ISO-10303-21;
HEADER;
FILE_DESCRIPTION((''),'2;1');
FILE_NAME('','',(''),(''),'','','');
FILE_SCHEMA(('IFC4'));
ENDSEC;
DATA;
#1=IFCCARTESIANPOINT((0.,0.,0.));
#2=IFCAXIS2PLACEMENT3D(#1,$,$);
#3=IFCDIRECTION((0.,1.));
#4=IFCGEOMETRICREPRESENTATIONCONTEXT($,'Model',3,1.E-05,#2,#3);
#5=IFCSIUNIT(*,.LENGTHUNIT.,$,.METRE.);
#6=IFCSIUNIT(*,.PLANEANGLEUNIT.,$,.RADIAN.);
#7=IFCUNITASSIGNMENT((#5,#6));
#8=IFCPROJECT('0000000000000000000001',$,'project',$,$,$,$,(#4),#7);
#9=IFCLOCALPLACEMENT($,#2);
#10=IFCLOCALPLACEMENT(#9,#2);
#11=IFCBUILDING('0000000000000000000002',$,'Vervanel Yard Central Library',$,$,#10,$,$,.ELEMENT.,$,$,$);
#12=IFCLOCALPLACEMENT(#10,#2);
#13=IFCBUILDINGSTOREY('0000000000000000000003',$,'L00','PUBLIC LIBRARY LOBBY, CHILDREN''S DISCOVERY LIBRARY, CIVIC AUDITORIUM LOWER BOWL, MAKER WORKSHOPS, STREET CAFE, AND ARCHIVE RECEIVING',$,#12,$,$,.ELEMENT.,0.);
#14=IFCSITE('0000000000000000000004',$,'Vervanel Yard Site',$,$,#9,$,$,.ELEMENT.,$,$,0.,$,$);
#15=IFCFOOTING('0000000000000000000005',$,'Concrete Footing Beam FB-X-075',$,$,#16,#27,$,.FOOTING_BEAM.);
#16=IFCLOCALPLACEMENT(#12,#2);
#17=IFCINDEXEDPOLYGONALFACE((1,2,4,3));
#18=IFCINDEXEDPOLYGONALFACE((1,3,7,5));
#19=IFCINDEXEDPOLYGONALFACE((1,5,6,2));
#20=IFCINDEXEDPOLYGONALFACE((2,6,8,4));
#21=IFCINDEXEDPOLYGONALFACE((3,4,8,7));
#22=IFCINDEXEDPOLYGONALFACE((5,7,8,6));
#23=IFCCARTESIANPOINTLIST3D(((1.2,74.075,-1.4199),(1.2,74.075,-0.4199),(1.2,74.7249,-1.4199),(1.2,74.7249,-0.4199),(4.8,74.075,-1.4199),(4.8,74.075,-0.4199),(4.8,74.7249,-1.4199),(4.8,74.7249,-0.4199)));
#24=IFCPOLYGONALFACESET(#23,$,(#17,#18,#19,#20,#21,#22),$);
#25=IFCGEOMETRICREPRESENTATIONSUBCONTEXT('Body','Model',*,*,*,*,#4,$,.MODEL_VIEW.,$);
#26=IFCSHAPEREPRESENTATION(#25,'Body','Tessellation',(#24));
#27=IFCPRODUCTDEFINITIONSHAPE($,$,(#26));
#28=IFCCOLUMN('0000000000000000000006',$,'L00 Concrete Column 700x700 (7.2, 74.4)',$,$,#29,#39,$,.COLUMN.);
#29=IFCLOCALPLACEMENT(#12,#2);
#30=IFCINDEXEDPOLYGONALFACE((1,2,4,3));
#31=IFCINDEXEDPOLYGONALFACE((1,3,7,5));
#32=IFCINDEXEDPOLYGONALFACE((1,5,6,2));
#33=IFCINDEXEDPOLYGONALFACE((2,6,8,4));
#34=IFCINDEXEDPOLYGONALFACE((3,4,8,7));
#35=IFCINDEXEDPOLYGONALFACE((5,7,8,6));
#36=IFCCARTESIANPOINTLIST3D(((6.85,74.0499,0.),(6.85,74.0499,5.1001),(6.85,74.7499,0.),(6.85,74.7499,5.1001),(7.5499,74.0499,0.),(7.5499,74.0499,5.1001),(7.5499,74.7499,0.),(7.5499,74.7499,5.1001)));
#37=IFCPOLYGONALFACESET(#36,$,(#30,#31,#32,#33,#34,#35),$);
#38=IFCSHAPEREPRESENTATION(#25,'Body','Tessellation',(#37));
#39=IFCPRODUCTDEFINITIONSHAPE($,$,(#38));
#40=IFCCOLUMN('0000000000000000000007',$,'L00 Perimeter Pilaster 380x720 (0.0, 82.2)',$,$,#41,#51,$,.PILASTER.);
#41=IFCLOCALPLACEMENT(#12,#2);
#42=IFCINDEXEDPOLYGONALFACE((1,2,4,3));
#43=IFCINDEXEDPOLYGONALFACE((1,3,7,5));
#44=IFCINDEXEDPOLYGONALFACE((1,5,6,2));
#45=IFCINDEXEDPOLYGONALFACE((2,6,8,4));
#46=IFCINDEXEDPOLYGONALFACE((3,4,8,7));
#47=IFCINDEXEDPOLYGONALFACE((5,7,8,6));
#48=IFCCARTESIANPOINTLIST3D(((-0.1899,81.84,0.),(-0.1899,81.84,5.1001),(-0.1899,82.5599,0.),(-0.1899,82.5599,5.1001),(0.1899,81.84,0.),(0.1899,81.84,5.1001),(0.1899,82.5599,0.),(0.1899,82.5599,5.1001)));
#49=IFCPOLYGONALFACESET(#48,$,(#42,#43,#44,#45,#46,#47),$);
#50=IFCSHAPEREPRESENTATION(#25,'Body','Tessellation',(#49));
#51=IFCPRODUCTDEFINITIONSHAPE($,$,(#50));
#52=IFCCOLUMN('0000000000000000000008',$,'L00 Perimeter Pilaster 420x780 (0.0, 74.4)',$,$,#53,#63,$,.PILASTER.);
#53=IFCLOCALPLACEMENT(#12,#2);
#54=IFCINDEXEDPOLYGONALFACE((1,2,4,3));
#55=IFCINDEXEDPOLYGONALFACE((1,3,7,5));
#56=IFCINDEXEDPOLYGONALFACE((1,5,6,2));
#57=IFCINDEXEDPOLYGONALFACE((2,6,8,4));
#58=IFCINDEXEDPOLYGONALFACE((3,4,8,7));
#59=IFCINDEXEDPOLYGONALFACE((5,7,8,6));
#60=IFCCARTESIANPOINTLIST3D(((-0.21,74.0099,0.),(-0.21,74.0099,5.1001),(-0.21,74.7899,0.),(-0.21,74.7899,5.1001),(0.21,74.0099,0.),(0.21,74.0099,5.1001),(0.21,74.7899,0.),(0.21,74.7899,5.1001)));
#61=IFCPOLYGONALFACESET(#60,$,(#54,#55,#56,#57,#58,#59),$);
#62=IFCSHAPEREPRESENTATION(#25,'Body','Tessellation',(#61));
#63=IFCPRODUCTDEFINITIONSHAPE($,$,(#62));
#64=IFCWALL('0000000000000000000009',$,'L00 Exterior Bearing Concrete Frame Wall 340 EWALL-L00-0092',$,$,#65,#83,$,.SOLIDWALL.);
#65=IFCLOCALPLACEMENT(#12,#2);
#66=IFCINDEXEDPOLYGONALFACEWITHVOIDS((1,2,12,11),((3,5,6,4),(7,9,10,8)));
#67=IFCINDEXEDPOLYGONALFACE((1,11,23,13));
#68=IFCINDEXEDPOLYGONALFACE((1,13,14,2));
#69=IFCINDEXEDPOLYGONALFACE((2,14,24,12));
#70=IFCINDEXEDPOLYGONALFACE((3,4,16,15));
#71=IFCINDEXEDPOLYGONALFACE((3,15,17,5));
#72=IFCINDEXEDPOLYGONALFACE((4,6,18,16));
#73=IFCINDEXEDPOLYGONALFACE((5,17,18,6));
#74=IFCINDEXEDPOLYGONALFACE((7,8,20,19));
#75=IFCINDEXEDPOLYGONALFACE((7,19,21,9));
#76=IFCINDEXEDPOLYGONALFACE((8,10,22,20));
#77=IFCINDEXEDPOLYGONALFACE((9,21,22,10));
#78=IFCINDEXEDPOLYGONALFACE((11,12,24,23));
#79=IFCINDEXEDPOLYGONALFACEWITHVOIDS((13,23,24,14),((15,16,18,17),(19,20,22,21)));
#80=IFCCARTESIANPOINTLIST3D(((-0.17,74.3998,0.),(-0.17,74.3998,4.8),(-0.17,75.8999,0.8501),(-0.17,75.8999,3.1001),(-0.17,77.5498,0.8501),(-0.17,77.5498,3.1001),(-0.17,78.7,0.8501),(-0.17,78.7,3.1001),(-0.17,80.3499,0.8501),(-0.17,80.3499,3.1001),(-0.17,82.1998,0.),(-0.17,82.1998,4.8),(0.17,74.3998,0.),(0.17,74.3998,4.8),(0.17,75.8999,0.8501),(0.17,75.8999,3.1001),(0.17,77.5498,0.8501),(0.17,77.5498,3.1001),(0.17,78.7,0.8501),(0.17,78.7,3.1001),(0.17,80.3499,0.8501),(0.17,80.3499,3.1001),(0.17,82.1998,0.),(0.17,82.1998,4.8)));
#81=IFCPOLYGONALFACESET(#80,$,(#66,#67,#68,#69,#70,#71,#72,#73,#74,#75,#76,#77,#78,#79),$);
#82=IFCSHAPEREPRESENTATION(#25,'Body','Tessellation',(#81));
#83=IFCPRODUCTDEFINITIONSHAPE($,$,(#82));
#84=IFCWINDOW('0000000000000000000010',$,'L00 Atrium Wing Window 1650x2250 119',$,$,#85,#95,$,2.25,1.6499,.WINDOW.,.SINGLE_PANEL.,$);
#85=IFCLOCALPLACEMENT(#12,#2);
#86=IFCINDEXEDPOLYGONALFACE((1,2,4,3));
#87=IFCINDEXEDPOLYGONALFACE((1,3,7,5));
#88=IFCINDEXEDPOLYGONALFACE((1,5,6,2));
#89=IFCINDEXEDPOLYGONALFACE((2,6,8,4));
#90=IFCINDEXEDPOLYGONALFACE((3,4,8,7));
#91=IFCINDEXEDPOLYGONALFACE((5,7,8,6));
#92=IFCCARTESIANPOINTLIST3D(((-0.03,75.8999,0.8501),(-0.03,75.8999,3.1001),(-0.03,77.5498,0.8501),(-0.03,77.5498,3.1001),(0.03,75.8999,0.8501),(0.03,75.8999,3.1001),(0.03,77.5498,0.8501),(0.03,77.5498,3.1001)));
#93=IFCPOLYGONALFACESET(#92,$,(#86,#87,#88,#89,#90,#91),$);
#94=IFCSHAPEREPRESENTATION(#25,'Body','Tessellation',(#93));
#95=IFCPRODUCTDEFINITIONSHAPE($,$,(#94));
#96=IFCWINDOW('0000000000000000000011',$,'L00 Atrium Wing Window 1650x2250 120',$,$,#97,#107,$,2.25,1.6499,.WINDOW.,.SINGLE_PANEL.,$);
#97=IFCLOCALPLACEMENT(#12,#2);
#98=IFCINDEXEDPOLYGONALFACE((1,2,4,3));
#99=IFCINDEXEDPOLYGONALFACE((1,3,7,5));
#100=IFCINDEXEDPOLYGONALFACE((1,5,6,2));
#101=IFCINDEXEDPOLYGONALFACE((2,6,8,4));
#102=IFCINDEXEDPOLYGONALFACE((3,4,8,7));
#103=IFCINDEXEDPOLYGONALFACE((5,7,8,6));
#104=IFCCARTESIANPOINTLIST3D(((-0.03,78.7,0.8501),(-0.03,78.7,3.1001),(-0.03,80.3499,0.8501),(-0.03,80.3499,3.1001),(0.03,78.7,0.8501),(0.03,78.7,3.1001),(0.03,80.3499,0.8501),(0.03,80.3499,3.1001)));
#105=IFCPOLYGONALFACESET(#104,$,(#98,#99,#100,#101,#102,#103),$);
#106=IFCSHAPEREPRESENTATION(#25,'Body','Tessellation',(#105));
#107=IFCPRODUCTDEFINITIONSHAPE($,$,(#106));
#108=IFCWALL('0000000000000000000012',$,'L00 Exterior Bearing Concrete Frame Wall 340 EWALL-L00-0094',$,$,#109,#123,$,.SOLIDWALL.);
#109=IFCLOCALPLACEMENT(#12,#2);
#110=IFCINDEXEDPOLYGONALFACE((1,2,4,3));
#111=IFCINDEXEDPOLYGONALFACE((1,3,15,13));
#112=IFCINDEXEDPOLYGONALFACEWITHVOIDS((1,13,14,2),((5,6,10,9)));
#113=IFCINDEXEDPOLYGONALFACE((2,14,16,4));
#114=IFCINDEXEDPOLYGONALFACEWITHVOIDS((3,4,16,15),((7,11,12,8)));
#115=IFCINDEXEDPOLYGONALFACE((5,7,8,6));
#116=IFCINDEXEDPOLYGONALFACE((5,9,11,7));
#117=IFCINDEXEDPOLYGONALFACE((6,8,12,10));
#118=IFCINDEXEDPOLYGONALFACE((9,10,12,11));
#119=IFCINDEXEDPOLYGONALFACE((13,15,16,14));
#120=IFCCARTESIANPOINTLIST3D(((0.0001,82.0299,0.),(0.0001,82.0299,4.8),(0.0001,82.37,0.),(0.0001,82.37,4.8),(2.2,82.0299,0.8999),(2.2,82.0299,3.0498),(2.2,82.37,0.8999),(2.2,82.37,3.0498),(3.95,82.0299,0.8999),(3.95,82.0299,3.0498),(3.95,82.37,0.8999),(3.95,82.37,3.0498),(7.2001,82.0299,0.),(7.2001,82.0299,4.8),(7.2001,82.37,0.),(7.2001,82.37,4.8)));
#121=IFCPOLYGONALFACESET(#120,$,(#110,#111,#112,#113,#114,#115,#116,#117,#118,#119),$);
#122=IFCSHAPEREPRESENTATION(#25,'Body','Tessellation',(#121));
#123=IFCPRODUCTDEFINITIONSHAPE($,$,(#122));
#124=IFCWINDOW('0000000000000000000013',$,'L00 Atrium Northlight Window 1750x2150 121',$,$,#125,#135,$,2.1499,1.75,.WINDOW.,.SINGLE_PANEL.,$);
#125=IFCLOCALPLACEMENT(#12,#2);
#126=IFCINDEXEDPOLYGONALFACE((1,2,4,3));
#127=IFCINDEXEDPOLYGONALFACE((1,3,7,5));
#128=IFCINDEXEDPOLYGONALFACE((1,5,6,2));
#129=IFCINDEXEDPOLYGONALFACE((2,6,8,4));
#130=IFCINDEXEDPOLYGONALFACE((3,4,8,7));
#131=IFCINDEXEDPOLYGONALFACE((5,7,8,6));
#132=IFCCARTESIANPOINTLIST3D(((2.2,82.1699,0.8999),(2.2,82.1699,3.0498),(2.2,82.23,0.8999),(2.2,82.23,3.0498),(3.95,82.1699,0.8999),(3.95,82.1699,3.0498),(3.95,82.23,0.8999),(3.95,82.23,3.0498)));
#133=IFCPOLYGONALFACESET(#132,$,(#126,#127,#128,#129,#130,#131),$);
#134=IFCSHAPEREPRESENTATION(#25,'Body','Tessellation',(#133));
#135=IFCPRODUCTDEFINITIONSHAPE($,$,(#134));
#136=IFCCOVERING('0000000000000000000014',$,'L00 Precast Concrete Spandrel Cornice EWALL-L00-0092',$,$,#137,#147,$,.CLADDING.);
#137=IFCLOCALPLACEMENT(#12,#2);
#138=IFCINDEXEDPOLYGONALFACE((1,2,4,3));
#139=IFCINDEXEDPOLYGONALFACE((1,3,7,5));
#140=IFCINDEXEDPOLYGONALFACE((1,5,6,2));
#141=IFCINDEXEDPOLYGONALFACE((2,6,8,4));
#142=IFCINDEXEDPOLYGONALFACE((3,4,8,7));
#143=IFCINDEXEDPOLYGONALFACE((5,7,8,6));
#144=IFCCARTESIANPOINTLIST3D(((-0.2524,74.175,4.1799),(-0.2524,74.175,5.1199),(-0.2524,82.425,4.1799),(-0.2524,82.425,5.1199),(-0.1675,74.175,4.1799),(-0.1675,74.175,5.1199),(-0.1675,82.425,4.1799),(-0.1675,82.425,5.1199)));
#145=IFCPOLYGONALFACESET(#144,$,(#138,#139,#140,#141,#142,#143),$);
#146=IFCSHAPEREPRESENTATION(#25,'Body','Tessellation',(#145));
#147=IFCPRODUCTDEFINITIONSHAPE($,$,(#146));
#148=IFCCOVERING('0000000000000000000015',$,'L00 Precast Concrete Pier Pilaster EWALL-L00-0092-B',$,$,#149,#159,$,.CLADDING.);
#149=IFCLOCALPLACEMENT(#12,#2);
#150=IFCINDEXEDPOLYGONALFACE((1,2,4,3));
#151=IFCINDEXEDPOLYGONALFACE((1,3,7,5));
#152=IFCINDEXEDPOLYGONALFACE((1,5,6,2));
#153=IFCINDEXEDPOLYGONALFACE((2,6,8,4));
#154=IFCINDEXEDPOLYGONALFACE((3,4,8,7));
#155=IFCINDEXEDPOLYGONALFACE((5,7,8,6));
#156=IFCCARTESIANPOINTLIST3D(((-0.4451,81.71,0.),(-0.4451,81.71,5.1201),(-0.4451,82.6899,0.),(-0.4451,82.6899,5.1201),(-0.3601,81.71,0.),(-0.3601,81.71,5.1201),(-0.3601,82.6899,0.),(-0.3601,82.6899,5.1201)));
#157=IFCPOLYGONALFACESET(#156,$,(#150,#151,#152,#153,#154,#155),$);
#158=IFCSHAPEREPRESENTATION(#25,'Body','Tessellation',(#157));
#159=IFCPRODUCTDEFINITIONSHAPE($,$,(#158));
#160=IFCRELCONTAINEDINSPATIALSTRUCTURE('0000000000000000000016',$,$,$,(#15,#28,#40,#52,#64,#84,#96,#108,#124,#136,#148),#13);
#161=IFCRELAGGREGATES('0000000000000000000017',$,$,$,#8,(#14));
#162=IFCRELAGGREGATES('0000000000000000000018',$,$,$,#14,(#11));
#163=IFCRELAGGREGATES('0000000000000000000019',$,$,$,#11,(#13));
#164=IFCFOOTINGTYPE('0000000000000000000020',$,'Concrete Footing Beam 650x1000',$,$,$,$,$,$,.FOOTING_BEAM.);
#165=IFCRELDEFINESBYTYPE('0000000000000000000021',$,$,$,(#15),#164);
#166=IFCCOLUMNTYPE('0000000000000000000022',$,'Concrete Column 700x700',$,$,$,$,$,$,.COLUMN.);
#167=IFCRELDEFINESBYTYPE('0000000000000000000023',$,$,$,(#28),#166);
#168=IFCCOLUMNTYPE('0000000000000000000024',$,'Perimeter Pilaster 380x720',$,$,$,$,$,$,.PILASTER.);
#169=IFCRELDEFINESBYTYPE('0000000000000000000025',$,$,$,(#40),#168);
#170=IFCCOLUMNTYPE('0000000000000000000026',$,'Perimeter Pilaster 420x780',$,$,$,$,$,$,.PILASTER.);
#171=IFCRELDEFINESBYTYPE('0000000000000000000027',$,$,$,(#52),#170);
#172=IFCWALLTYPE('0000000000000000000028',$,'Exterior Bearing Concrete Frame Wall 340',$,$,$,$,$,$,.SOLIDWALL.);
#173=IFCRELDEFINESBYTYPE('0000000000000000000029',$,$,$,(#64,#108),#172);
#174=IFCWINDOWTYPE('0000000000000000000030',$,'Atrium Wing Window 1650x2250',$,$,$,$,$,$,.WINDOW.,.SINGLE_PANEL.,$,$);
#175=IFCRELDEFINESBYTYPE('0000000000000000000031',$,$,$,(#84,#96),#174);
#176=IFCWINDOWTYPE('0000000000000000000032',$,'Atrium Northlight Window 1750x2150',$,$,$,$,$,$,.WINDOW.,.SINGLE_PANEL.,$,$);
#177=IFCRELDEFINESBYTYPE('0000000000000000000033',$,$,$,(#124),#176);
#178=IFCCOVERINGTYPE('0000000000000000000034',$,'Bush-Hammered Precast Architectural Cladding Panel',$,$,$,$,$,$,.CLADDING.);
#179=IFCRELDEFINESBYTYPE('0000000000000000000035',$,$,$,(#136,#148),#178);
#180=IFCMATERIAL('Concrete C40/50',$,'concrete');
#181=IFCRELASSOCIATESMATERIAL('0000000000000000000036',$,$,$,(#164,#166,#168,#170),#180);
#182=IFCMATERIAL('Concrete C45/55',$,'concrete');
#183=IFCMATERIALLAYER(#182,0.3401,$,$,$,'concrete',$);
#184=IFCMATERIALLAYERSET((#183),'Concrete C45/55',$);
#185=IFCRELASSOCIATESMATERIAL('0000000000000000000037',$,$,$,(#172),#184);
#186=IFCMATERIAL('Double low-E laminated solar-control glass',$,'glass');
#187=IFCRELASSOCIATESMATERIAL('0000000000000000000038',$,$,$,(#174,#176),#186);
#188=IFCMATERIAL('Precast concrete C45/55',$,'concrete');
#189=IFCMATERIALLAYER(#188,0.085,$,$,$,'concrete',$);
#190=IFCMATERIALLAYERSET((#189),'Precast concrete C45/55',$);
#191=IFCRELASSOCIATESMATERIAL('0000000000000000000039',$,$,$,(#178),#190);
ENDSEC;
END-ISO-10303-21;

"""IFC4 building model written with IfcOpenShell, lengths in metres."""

from ifc_helpers import new_model, si_unit, direction, frame, frame_2d, origin, origin_2d, place, context, subcontext, project, spatial, rectangle, extrude, material, layer, layer_set, material_profile, profile_set, type_object, element, fill, save


model = new_model("IFC4")

# Units and contexts
model_context = context("Model", 3, precision=1e-05, world=origin(), true_north=direction((0.0, 1.0)))
body_context = subcontext(model_context, "Body", "Model", "MODEL_VIEW")
ifc_project = project(units=[si_unit("LENGTHUNIT", "METRE"), si_unit("PLANEANGLEUNIT", "RADIAN")], contexts=[model_context])

# Site, building, storey
site_placement = place(None, origin())
site = spatial("IfcSite", under=ifc_project, at=site_placement, Name="Vervanel Yard Site", CompositionType="ELEMENT", RefElevation=0.0)
building_placement = place(site_placement, origin())
building = spatial("IfcBuilding", under=site, at=building_placement, Name="Vervanel Yard Central Library", CompositionType="ELEMENT")
storey_placement = place(building_placement, origin())
storey = spatial("IfcBuildingStorey", under=building, at=storey_placement, Name="L00", Description="PUBLIC LIBRARY LOBBY, CHILDREN'S DISCOVERY LIBRARY, CIVIC AUDITORIUM LOWER BOWL, MAKER WORKSHOPS, STREET CAFE, AND ARCHIVE RECEIVING", CompositionType="ELEMENT", Elevation=0.0)

# Shared definitions
ifc_material_1 = material(Name="Concrete C40/50", Category="concrete")

# Footing
ifc_material_profile_1 = material_profile(ifc_material_1, rectangle(XDim=0.6499, YDim=1.0, at=origin_2d()), Name="RC 650x1000", Category="concrete")
ifc_profile_set_1 = profile_set([ifc_material_profile_1], Name="Concrete C40/50")
footing_type_1 = type_object("IfcFootingType", Name="Concrete Footing Beam 650x1000", PredefinedType="FOOTING_BEAM", material=ifc_profile_set_1)
footing_1_placement = place(storey_placement, frame((1.2, 74.3999, -0.9199), z_axis=(1.0, 0.0, 0.0), x_axis=(0.0, 1.0, 0.0)))
element("IfcFooting", 1, at=footing_1_placement, inside=storey, type_object=footing_type_1, Name="Concrete Footing Beam FB-X-075", PredefinedType="FOOTING_BEAM", context=body_context, shape_type="SweptSolid", body=[
    extrude(rectangle(XDim=0.6499, YDim=1.0, at=origin_2d()), origin(), (0.0, 0.0, 1.0), 3.6001),
])

# Columns
ifc_material_profile_2 = material_profile(ifc_material_1, rectangle(XDim=0.7, YDim=0.7, at=origin_2d()), Name="RC 700x700", Category="concrete")
ifc_profile_set_2 = profile_set([ifc_material_profile_2], Name="Concrete C40/50")
column_type_1 = type_object("IfcColumnType", Name="Concrete Column 700x700", PredefinedType="COLUMN", material=ifc_profile_set_2)
column_1_placement = place(storey_placement, frame((7.2, 74.3999, 0.0), z_axis=(0.0, 0.0, 1.0), x_axis=(1.0, 0.0, 0.0)))
element("IfcColumn", 2, at=column_1_placement, inside=storey, type_object=column_type_1, Name="L00 Concrete Column 700x700 (7.2, 74.4)", PredefinedType="COLUMN", context=body_context, shape_type="SweptSolid", body=[
    extrude(rectangle(XDim=0.7, YDim=0.7, at=origin_2d()), origin(), (0.0, 0.0, 1.0), 5.1001),
])
ifc_material_profile_3 = material_profile(ifc_material_1, rectangle(XDim=0.3799, YDim=0.72, at=origin_2d()), Name="RC 380x720", Category="concrete")
ifc_profile_set_3 = profile_set([ifc_material_profile_3], Name="Concrete C40/50")
column_type_2 = type_object("IfcColumnType", Name="Perimeter Pilaster 380x720", PredefinedType="PILASTER", material=ifc_profile_set_3)
column_2_placement = place(storey_placement, frame((0.0, 82.2, 0.0), z_axis=(0.0, 0.0, 1.0), x_axis=(1.0, 0.0, 0.0)))
element("IfcColumn", 3, at=column_2_placement, inside=storey, type_object=column_type_2, Name="L00 Perimeter Pilaster 380x720 (0.0, 82.2)", PredefinedType="PILASTER", context=body_context, shape_type="SweptSolid", body=[
    extrude(rectangle(XDim=0.3799, YDim=0.72, at=origin_2d()), origin(), (0.0, 0.0, 1.0), 5.1001),
])
ifc_material_profile_4 = material_profile(ifc_material_1, rectangle(XDim=0.4199, YDim=0.78, at=origin_2d()), Name="RC 420x780", Category="concrete")
ifc_profile_set_4 = profile_set([ifc_material_profile_4], Name="Concrete C40/50")
column_type_3 = type_object("IfcColumnType", Name="Perimeter Pilaster 420x780", PredefinedType="PILASTER", material=ifc_profile_set_4)
column_3_placement = place(storey_placement, frame((0.0, 74.3999, 0.0), z_axis=(0.0, 0.0, 1.0), x_axis=(1.0, 0.0, 0.0)))
element("IfcColumn", 4, at=column_3_placement, inside=storey, type_object=column_type_3, Name="L00 Perimeter Pilaster 420x780 (0.0, 74.4)", PredefinedType="PILASTER", context=body_context, shape_type="SweptSolid", body=[
    extrude(rectangle(XDim=0.4199, YDim=0.78, at=origin_2d()), origin(), (0.0, 0.0, 1.0), 5.1001),
])

# Wall, openings, windows
ifc_material_2 = material(Name="Concrete C45/55", Category="concrete")
ifc_layer_1 = layer(ifc_material_2, 0.3401, Category="concrete")
ifc_layer_set_1 = layer_set([ifc_layer_1], Name="Concrete C45/55")
wall_type = type_object("IfcWallType", Name="Exterior Bearing Concrete Frame Wall 340", PredefinedType="SOLIDWALL", material=ifc_layer_set_1)
wall_1_placement = place(storey_placement, frame((0.0, 74.3999, 0.0), z_axis=(0.0, 0.0, 1.0), x_axis=(0.0, 1.0, 0.0)))
wall_1 = element("IfcWall", 5, at=wall_1_placement, inside=storey, type_object=wall_type, Name="L00 Exterior Bearing Concrete Frame Wall 340 EWALL-L00-0092", PredefinedType="SOLIDWALL", context=body_context, shape_type="SweptSolid", body=[
    extrude(rectangle(XDim=7.8, YDim=0.3401, at=frame_2d((3.8999, 0.0))), origin(), (0.0, 0.0, 1.0), 4.8),
])
opening_1_placement = place(wall_1_placement, frame((1.5, 0.0, 0.8501)))
opening_1 = element("IfcOpeningElement", 6, at=opening_1_placement, cuts=wall_1, PredefinedType="OPENING", context=body_context, shape_type="SweptSolid", body=[
    extrude(rectangle(XDim=1.6499, YDim=2.25, at=frame_2d((0.825, 1.125))), frame((0.0, 0.1799, 0.0), z_axis=(0.0, -1.0, 0.0), x_axis=(1.0, 0.0, 0.0)), (0.0, 0.0, 1.0), 0.3601),
])
opening_2_placement = place(wall_1_placement, frame((4.3, 0.0, 0.8501)))
opening_2 = element("IfcOpeningElement", 7, at=opening_2_placement, cuts=wall_1, PredefinedType="OPENING", context=body_context, shape_type="SweptSolid", body=[
    extrude(rectangle(XDim=1.6499, YDim=2.25, at=frame_2d((0.825, 1.125))), frame((0.0, 0.1799, 0.0), z_axis=(0.0, -1.0, 0.0), x_axis=(1.0, 0.0, 0.0)), (0.0, 0.0, 1.0), 0.3601),
])
ifc_material_3 = material(Name="Double low-E laminated solar-control glass", Category="glass")
window_type_1 = type_object("IfcWindowType", Name="Atrium Wing Window 1650x2250", PartitioningType="SINGLE_PANEL", PredefinedType="WINDOW", material=ifc_material_3)
window_1_placement = place(opening_1_placement, origin())
window_1 = element("IfcWindow", 8, at=window_1_placement, inside=storey, type_object=window_type_1, Name="L00 Atrium Wing Window 1650x2250 119", OverallHeight=2.25, OverallWidth=1.6499, PartitioningType="SINGLE_PANEL", PredefinedType="WINDOW", context=body_context, shape_type="SweptSolid", body=[
    extrude(rectangle(XDim=1.6499, YDim=2.25, at=frame_2d((0.825, 1.125))), frame((0.0, 0.03, 0.0), z_axis=(0.0, -1.0, 0.0), x_axis=(1.0, 0.0, 0.0)), (0.0, 0.0, 1.0), 0.0601),
])
fill(opening_1, window_1)
window_2_placement = place(opening_2_placement, origin())
window_2 = element("IfcWindow", 9, at=window_2_placement, inside=storey, type_object=window_type_1, Name="L00 Atrium Wing Window 1650x2250 120", OverallHeight=2.25, OverallWidth=1.6499, PartitioningType="SINGLE_PANEL", PredefinedType="WINDOW", context=body_context, shape_type="SweptSolid", body=[
    extrude(rectangle(XDim=1.6499, YDim=2.25, at=frame_2d((0.825, 1.125))), frame((0.0, 0.03, 0.0), z_axis=(0.0, -1.0, 0.0), x_axis=(1.0, 0.0, 0.0)), (0.0, 0.0, 1.0), 0.0601),
])
fill(opening_2, window_2)

# Wall, opening, window
wall_2_placement = place(storey_placement, frame((0.0, 82.2, 0.0), z_axis=(0.0, 0.0, 1.0), x_axis=(1.0, 0.0, 0.0)))
wall_2 = element("IfcWall", 10, at=wall_2_placement, inside=storey, type_object=wall_type, Name="L00 Exterior Bearing Concrete Frame Wall 340 EWALL-L00-0094", PredefinedType="SOLIDWALL", context=body_context, shape_type="SweptSolid", body=[
    extrude(rectangle(XDim=7.2, YDim=0.3401, at=frame_2d((3.6001, 0.0))), origin(), (0.0, 0.0, 1.0), 4.8),
])
opening_3_placement = place(wall_2_placement, frame((2.2, 0.0, 0.8999)))
opening_3 = element("IfcOpeningElement", 11, at=opening_3_placement, cuts=wall_2, PredefinedType="OPENING", context=body_context, shape_type="SweptSolid", body=[
    extrude(rectangle(XDim=1.75, YDim=2.1499, at=frame_2d((0.875, 1.075))), frame((0.0, 0.1799, 0.0), z_axis=(0.0, -1.0, 0.0), x_axis=(1.0, 0.0, 0.0)), (0.0, 0.0, 1.0), 0.3601),
])
window_type_2 = type_object("IfcWindowType", Name="Atrium Northlight Window 1750x2150", PartitioningType="SINGLE_PANEL", PredefinedType="WINDOW", material=ifc_material_3)
window_3_placement = place(opening_3_placement, origin())
window_3 = element("IfcWindow", 12, at=window_3_placement, inside=storey, type_object=window_type_2, Name="L00 Atrium Northlight Window 1750x2150 121", OverallHeight=2.1499, OverallWidth=1.75, PartitioningType="SINGLE_PANEL", PredefinedType="WINDOW", context=body_context, shape_type="SweptSolid", body=[
    extrude(rectangle(XDim=1.75, YDim=2.1499, at=frame_2d((0.875, 1.075))), frame((0.0, 0.03, 0.0), z_axis=(0.0, -1.0, 0.0), x_axis=(1.0, 0.0, 0.0)), (0.0, 0.0, 1.0), 0.0601),
])
fill(opening_3, window_3)

# Coverings
ifc_material_4 = material(Name="Precast concrete C45/55", Category="concrete")
ifc_layer_2 = layer(ifc_material_4, 0.085, Category="concrete")
ifc_layer_set_2 = layer_set([ifc_layer_2], Name="Precast concrete C45/55")
covering_type = type_object("IfcCoveringType", Name="Bush-Hammered Precast Architectural Cladding Panel", PredefinedType="CLADDING", material=ifc_layer_set_2)
covering_1_placement = place(storey_placement, frame((-0.21, 78.3, 4.1799), z_axis=(0.0, 0.0, 1.0), x_axis=(0.0, 1.0, 0.0)))
element("IfcCovering", 13, at=covering_1_placement, inside=storey, type_object=covering_type, Name="L00 Precast Concrete Spandrel Cornice EWALL-L00-0092", PredefinedType="CLADDING", context=body_context, shape_type="SweptSolid", body=[
    extrude(rectangle(XDim=8.25, YDim=0.085, at=origin_2d()), origin(), (0.0, 0.0, 1.0), 0.9399),
])
covering_2_placement = place(storey_placement, frame((-0.4026, 82.2, 0.0), z_axis=(0.0, 0.0, 1.0), x_axis=(0.0, 1.0, 0.0)))
element("IfcCovering", 14, at=covering_2_placement, inside=storey, type_object=covering_type, Name="L00 Precast Concrete Pier Pilaster EWALL-L00-0092-B", PredefinedType="CLADDING", context=body_context, shape_type="SweptSolid", body=[
    extrude(rectangle(XDim=0.98, YDim=0.085, at=origin_2d()), origin(), (0.0, 0.0, 1.0), 5.1201),
])

save(model, "model.ifc")
